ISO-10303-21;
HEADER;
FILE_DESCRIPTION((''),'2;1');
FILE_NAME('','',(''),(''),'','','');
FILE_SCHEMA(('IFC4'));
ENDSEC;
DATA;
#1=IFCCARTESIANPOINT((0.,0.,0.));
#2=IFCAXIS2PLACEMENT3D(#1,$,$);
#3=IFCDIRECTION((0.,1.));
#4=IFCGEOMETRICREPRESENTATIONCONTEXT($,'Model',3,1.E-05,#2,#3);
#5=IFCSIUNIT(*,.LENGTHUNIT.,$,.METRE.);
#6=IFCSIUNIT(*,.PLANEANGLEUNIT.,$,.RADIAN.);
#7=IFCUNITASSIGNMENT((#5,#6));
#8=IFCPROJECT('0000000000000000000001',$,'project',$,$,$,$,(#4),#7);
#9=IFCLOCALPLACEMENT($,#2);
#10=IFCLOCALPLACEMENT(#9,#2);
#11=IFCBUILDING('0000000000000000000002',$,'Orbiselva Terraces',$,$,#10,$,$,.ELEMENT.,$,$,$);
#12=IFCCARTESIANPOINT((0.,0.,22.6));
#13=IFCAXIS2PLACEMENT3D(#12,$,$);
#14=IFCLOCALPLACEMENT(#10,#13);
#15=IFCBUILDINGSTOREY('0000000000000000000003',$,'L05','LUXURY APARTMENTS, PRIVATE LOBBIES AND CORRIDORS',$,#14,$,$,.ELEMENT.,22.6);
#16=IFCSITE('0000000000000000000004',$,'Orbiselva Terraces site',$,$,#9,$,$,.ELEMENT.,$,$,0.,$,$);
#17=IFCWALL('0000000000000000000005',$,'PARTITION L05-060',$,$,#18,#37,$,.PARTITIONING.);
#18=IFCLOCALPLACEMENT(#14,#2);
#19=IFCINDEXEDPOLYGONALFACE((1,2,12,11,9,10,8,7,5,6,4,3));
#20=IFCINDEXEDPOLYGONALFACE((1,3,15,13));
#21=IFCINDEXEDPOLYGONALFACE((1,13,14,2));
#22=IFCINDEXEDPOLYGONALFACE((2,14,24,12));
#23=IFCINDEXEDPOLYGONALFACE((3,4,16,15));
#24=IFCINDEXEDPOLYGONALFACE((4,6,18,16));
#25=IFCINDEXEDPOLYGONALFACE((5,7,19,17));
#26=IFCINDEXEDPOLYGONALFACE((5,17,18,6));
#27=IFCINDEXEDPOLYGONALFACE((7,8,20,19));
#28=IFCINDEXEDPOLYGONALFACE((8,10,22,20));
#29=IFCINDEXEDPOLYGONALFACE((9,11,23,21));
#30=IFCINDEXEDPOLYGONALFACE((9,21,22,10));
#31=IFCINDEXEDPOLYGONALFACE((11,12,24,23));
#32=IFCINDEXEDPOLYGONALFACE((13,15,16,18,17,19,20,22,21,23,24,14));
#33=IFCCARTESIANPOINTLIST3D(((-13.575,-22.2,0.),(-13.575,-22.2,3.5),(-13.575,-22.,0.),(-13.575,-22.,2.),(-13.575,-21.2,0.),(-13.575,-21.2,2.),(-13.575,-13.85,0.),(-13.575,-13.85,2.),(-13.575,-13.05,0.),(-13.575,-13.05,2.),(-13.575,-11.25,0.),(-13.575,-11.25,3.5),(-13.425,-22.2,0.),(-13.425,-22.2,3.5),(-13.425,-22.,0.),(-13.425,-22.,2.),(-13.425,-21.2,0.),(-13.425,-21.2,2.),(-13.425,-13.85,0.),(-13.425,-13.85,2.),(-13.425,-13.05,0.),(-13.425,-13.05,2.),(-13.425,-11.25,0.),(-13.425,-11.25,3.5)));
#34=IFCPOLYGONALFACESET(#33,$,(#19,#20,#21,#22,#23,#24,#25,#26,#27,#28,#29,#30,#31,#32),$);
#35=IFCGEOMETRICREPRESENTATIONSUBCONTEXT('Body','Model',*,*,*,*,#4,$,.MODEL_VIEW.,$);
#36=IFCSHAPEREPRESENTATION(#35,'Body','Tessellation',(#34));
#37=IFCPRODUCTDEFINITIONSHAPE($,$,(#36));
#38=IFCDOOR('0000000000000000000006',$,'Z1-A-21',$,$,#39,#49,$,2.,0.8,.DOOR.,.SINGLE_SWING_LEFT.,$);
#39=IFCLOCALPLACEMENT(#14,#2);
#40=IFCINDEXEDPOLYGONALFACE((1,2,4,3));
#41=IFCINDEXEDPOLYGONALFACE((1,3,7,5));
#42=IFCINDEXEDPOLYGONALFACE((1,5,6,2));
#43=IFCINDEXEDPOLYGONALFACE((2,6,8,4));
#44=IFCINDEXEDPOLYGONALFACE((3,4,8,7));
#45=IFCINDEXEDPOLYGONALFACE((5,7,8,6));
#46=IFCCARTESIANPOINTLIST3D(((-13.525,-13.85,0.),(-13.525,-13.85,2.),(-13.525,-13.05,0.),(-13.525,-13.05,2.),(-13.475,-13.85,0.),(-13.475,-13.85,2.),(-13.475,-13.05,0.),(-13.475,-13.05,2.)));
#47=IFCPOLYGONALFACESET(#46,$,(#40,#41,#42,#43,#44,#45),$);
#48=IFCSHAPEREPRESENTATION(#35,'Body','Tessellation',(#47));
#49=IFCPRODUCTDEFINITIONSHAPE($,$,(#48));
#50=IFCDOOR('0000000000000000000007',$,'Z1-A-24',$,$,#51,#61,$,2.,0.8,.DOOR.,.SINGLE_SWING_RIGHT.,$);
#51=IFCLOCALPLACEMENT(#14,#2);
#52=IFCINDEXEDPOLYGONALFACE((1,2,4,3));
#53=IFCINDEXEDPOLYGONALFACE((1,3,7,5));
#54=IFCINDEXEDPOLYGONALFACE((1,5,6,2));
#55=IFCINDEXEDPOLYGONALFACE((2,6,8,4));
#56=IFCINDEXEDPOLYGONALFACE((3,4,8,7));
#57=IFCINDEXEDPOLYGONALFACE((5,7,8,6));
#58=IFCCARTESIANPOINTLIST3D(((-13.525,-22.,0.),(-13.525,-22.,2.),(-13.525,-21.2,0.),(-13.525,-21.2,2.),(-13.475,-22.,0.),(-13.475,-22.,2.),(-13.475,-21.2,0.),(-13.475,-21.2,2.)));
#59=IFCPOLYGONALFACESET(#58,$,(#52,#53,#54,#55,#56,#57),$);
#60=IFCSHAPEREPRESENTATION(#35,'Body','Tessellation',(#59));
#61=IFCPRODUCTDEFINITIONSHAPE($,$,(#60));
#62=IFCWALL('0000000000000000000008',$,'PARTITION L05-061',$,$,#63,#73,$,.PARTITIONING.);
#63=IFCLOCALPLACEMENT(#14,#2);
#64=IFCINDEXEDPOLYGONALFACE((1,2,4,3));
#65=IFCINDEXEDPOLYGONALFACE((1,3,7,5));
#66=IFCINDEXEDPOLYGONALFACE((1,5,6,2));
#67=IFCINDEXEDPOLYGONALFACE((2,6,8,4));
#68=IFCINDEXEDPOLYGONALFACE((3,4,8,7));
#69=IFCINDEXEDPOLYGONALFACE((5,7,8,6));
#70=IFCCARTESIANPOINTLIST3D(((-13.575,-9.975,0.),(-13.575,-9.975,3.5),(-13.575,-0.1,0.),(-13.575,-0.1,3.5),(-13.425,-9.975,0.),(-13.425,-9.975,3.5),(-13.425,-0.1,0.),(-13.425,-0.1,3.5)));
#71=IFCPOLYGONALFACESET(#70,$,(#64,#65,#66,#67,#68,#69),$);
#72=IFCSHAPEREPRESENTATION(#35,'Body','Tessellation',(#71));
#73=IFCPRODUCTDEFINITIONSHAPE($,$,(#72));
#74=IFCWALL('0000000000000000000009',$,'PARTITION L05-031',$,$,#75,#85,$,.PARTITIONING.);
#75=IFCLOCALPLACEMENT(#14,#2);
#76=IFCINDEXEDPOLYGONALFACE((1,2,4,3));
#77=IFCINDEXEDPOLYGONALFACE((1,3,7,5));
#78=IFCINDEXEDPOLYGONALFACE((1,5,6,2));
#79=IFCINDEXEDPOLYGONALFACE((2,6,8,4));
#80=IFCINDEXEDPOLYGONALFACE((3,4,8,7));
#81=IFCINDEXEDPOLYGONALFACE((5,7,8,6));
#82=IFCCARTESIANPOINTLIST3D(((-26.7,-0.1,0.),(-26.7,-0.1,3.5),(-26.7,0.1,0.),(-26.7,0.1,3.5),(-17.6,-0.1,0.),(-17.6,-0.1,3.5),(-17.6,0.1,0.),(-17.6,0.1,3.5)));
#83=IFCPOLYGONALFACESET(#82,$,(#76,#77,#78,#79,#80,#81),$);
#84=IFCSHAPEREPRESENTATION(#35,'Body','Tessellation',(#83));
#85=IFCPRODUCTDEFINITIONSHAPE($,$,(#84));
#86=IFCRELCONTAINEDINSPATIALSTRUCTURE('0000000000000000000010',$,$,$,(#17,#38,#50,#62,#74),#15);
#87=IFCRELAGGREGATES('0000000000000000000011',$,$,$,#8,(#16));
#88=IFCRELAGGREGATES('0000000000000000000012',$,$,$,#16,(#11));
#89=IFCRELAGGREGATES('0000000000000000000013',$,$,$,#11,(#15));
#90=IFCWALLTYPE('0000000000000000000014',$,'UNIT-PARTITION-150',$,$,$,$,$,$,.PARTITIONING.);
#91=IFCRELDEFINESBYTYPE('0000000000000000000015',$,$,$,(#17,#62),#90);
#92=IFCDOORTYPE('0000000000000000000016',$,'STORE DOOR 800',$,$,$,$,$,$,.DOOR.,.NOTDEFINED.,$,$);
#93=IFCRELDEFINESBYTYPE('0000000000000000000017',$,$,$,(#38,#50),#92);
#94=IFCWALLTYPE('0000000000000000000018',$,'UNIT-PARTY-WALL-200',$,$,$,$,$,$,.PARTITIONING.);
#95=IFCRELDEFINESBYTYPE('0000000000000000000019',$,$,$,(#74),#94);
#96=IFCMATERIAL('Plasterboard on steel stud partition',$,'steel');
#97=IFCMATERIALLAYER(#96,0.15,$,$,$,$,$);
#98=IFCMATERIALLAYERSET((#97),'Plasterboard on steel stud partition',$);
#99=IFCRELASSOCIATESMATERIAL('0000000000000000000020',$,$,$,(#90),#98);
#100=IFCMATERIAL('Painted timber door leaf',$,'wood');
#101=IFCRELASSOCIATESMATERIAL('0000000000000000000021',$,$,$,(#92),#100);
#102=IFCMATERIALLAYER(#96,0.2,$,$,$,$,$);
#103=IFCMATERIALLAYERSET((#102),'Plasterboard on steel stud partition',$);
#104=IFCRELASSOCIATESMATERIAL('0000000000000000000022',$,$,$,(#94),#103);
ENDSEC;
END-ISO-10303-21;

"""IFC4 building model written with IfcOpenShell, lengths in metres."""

from ifc_helpers import new_model, si_unit, direction, frame, frame_2d, origin, place, context, subcontext, project, spatial, rectangle, extrude, material, layer, layer_set, type_object, element, fill, save


model = new_model("IFC4")

# Units and contexts
model_context = context("Model", 3, precision=1e-05, world=origin(), true_north=direction((0.0, 1.0)))
body_context = subcontext(model_context, "Body", "Model", "MODEL_VIEW")
ifc_project = project(units=[si_unit("LENGTHUNIT", "METRE"), si_unit("PLANEANGLEUNIT", "RADIAN")], contexts=[model_context])

# Site, building, storey
site_placement = place(None, origin())
site = spatial("IfcSite", under=ifc_project, at=site_placement, Name="Orbiselva Terraces site", CompositionType="ELEMENT", RefElevation=0.0)
building_placement = place(site_placement, origin())
building = spatial("IfcBuilding", under=site, at=building_placement, Name="Orbiselva Terraces", CompositionType="ELEMENT")
storey_placement = place(building_placement, frame((0.0, 0.0, 22.6)))
storey = spatial("IfcBuildingStorey", under=building, at=storey_placement, Name="L05", Description="LUXURY APARTMENTS, PRIVATE LOBBIES AND CORRIDORS", CompositionType="ELEMENT", Elevation=22.6)

# Shared definitions
ifc_material_1 = material(Name="Plasterboard on steel stud partition", Category="steel")
ifc_layer_1 = layer(ifc_material_1, 0.15)
ifc_layer_set_1 = layer_set([ifc_layer_1], Name="Plasterboard on steel stud partition")
wall_type_1 = type_object("IfcWallType", Name="UNIT-PARTITION-150", PredefinedType="PARTITIONING", material=ifc_layer_set_1)

# Shared definitions
ifc_material_2 = material(Name="Painted timber door leaf", Category="wood")

# Wall, openings, doors
wall_1_placement = place(storey_placement, frame((-13.5, -11.25, 0.0), z_axis=(0.0, 0.0, 1.0), x_axis=(0.0, -1.0, 0.0)))
wall_1 = element("IfcWall", 1, at=wall_1_placement, inside=storey, type_object=wall_type_1, Name="PARTITION L05-060", PredefinedType="PARTITIONING", context=body_context, shape_type="SweptSolid", body=[
    extrude(rectangle(XDim=10.95, YDim=0.15, at=frame_2d((5.475, 0.0))), origin(), (0.0, 0.0, 1.0), 3.5),
])
opening_1_placement = place(wall_1_placement, frame((1.8, 0.0, 0.0)))
opening_1 = element("IfcOpeningElement", 2, at=opening_1_placement, cuts=wall_1, PredefinedType="OPENING", context=body_context, shape_type="SweptSolid", body=[
    extrude(rectangle(XDim=0.8, YDim=2.0, at=frame_2d((0.4, 1.0))), frame((0.0, 0.085, 0.0), z_axis=(0.0, -1.0, 0.0), x_axis=(1.0, 0.0, 0.0)), (0.0, 0.0, 1.0), 0.17),
])
opening_2_placement = place(wall_1_placement, frame((9.95, 0.0, 0.0)))
opening_2 = element("IfcOpeningElement", 3, at=opening_2_placement, cuts=wall_1, PredefinedType="OPENING", context=body_context, shape_type="SweptSolid", body=[
    extrude(rectangle(XDim=0.8, YDim=2.0, at=frame_2d((0.4, 1.0))), frame((0.0, 0.085, 0.0), z_axis=(0.0, -1.0, 0.0), x_axis=(1.0, 0.0, 0.0)), (0.0, 0.0, 1.0), 0.17),
])
door_type_1 = type_object("IfcDoorType", Name="STORE DOOR 800", OperationType="NOTDEFINED", PredefinedType="DOOR", material=ifc_material_2)
door_1_placement = place(opening_1_placement, origin())
door_1 = element("IfcDoor", 4, at=door_1_placement, inside=storey, type_object=door_type_1, Name="Z1-A-21", OperationType="SINGLE_SWING_LEFT", OverallHeight=2.0, OverallWidth=0.8, PredefinedType="DOOR", context=body_context, shape_type="SweptSolid", body=[
    extrude(rectangle(XDim=0.8, YDim=2.0, at=frame_2d((0.4, 1.0))), frame((0.0, 0.025, 0.0), z_axis=(0.0, -1.0, 0.0), x_axis=(1.0, 0.0, 0.0)), (0.0, 0.0, 1.0), 0.05),
])
fill(opening_1, door_1)
door_2_placement = place(opening_2_placement, origin())
door_2 = element("IfcDoor", 5, at=door_2_placement, inside=storey, type_object=door_type_1, Name="Z1-A-24", OperationType="SINGLE_SWING_RIGHT", OverallHeight=2.0, OverallWidth=0.8, PredefinedType="DOOR", context=body_context, shape_type="SweptSolid", body=[
    extrude(rectangle(XDim=0.8, YDim=2.0, at=frame_2d((0.4, 1.0))), frame((0.0, 0.025, 0.0), z_axis=(0.0, -1.0, 0.0), x_axis=(1.0, 0.0, 0.0)), (0.0, 0.0, 1.0), 0.05),
])
fill(opening_2, door_2)

# Walls
wall_2_placement = place(storey_placement, frame((-13.5, -9.975, 0.0), z_axis=(0.0, 0.0, 1.0), x_axis=(0.0, 1.0, 0.0)))
element("IfcWall", 6, at=wall_2_placement, inside=storey, type_object=wall_type_1, Name="PARTITION L05-061", PredefinedType="PARTITIONING", context=body_context, shape_type="SweptSolid", body=[
    extrude(rectangle(XDim=9.875, YDim=0.15, at=frame_2d((4.9375, 0.0))), origin(), (0.0, 0.0, 1.0), 3.5),
])
ifc_layer_2 = layer(ifc_material_1, 0.2)
ifc_layer_set_2 = layer_set([ifc_layer_2], Name="Plasterboard on steel stud partition")
wall_type_2 = type_object("IfcWallType", Name="UNIT-PARTY-WALL-200", PredefinedType="PARTITIONING", material=ifc_layer_set_2)
wall_3_placement = place(storey_placement, frame((-26.7, 0.0, 0.0), z_axis=(0.0, 0.0, 1.0), x_axis=(1.0, 0.0, 0.0)))
element("IfcWall", 7, at=wall_3_placement, inside=storey, type_object=wall_type_2, Name="PARTITION L05-031", PredefinedType="PARTITIONING", context=body_context, shape_type="SweptSolid", body=[
    extrude(rectangle(XDim=9.1, YDim=0.2, at=frame_2d((4.55, 0.0))), origin(), (0.0, 0.0, 1.0), 3.5),
])

save(model, "model.ifc")
